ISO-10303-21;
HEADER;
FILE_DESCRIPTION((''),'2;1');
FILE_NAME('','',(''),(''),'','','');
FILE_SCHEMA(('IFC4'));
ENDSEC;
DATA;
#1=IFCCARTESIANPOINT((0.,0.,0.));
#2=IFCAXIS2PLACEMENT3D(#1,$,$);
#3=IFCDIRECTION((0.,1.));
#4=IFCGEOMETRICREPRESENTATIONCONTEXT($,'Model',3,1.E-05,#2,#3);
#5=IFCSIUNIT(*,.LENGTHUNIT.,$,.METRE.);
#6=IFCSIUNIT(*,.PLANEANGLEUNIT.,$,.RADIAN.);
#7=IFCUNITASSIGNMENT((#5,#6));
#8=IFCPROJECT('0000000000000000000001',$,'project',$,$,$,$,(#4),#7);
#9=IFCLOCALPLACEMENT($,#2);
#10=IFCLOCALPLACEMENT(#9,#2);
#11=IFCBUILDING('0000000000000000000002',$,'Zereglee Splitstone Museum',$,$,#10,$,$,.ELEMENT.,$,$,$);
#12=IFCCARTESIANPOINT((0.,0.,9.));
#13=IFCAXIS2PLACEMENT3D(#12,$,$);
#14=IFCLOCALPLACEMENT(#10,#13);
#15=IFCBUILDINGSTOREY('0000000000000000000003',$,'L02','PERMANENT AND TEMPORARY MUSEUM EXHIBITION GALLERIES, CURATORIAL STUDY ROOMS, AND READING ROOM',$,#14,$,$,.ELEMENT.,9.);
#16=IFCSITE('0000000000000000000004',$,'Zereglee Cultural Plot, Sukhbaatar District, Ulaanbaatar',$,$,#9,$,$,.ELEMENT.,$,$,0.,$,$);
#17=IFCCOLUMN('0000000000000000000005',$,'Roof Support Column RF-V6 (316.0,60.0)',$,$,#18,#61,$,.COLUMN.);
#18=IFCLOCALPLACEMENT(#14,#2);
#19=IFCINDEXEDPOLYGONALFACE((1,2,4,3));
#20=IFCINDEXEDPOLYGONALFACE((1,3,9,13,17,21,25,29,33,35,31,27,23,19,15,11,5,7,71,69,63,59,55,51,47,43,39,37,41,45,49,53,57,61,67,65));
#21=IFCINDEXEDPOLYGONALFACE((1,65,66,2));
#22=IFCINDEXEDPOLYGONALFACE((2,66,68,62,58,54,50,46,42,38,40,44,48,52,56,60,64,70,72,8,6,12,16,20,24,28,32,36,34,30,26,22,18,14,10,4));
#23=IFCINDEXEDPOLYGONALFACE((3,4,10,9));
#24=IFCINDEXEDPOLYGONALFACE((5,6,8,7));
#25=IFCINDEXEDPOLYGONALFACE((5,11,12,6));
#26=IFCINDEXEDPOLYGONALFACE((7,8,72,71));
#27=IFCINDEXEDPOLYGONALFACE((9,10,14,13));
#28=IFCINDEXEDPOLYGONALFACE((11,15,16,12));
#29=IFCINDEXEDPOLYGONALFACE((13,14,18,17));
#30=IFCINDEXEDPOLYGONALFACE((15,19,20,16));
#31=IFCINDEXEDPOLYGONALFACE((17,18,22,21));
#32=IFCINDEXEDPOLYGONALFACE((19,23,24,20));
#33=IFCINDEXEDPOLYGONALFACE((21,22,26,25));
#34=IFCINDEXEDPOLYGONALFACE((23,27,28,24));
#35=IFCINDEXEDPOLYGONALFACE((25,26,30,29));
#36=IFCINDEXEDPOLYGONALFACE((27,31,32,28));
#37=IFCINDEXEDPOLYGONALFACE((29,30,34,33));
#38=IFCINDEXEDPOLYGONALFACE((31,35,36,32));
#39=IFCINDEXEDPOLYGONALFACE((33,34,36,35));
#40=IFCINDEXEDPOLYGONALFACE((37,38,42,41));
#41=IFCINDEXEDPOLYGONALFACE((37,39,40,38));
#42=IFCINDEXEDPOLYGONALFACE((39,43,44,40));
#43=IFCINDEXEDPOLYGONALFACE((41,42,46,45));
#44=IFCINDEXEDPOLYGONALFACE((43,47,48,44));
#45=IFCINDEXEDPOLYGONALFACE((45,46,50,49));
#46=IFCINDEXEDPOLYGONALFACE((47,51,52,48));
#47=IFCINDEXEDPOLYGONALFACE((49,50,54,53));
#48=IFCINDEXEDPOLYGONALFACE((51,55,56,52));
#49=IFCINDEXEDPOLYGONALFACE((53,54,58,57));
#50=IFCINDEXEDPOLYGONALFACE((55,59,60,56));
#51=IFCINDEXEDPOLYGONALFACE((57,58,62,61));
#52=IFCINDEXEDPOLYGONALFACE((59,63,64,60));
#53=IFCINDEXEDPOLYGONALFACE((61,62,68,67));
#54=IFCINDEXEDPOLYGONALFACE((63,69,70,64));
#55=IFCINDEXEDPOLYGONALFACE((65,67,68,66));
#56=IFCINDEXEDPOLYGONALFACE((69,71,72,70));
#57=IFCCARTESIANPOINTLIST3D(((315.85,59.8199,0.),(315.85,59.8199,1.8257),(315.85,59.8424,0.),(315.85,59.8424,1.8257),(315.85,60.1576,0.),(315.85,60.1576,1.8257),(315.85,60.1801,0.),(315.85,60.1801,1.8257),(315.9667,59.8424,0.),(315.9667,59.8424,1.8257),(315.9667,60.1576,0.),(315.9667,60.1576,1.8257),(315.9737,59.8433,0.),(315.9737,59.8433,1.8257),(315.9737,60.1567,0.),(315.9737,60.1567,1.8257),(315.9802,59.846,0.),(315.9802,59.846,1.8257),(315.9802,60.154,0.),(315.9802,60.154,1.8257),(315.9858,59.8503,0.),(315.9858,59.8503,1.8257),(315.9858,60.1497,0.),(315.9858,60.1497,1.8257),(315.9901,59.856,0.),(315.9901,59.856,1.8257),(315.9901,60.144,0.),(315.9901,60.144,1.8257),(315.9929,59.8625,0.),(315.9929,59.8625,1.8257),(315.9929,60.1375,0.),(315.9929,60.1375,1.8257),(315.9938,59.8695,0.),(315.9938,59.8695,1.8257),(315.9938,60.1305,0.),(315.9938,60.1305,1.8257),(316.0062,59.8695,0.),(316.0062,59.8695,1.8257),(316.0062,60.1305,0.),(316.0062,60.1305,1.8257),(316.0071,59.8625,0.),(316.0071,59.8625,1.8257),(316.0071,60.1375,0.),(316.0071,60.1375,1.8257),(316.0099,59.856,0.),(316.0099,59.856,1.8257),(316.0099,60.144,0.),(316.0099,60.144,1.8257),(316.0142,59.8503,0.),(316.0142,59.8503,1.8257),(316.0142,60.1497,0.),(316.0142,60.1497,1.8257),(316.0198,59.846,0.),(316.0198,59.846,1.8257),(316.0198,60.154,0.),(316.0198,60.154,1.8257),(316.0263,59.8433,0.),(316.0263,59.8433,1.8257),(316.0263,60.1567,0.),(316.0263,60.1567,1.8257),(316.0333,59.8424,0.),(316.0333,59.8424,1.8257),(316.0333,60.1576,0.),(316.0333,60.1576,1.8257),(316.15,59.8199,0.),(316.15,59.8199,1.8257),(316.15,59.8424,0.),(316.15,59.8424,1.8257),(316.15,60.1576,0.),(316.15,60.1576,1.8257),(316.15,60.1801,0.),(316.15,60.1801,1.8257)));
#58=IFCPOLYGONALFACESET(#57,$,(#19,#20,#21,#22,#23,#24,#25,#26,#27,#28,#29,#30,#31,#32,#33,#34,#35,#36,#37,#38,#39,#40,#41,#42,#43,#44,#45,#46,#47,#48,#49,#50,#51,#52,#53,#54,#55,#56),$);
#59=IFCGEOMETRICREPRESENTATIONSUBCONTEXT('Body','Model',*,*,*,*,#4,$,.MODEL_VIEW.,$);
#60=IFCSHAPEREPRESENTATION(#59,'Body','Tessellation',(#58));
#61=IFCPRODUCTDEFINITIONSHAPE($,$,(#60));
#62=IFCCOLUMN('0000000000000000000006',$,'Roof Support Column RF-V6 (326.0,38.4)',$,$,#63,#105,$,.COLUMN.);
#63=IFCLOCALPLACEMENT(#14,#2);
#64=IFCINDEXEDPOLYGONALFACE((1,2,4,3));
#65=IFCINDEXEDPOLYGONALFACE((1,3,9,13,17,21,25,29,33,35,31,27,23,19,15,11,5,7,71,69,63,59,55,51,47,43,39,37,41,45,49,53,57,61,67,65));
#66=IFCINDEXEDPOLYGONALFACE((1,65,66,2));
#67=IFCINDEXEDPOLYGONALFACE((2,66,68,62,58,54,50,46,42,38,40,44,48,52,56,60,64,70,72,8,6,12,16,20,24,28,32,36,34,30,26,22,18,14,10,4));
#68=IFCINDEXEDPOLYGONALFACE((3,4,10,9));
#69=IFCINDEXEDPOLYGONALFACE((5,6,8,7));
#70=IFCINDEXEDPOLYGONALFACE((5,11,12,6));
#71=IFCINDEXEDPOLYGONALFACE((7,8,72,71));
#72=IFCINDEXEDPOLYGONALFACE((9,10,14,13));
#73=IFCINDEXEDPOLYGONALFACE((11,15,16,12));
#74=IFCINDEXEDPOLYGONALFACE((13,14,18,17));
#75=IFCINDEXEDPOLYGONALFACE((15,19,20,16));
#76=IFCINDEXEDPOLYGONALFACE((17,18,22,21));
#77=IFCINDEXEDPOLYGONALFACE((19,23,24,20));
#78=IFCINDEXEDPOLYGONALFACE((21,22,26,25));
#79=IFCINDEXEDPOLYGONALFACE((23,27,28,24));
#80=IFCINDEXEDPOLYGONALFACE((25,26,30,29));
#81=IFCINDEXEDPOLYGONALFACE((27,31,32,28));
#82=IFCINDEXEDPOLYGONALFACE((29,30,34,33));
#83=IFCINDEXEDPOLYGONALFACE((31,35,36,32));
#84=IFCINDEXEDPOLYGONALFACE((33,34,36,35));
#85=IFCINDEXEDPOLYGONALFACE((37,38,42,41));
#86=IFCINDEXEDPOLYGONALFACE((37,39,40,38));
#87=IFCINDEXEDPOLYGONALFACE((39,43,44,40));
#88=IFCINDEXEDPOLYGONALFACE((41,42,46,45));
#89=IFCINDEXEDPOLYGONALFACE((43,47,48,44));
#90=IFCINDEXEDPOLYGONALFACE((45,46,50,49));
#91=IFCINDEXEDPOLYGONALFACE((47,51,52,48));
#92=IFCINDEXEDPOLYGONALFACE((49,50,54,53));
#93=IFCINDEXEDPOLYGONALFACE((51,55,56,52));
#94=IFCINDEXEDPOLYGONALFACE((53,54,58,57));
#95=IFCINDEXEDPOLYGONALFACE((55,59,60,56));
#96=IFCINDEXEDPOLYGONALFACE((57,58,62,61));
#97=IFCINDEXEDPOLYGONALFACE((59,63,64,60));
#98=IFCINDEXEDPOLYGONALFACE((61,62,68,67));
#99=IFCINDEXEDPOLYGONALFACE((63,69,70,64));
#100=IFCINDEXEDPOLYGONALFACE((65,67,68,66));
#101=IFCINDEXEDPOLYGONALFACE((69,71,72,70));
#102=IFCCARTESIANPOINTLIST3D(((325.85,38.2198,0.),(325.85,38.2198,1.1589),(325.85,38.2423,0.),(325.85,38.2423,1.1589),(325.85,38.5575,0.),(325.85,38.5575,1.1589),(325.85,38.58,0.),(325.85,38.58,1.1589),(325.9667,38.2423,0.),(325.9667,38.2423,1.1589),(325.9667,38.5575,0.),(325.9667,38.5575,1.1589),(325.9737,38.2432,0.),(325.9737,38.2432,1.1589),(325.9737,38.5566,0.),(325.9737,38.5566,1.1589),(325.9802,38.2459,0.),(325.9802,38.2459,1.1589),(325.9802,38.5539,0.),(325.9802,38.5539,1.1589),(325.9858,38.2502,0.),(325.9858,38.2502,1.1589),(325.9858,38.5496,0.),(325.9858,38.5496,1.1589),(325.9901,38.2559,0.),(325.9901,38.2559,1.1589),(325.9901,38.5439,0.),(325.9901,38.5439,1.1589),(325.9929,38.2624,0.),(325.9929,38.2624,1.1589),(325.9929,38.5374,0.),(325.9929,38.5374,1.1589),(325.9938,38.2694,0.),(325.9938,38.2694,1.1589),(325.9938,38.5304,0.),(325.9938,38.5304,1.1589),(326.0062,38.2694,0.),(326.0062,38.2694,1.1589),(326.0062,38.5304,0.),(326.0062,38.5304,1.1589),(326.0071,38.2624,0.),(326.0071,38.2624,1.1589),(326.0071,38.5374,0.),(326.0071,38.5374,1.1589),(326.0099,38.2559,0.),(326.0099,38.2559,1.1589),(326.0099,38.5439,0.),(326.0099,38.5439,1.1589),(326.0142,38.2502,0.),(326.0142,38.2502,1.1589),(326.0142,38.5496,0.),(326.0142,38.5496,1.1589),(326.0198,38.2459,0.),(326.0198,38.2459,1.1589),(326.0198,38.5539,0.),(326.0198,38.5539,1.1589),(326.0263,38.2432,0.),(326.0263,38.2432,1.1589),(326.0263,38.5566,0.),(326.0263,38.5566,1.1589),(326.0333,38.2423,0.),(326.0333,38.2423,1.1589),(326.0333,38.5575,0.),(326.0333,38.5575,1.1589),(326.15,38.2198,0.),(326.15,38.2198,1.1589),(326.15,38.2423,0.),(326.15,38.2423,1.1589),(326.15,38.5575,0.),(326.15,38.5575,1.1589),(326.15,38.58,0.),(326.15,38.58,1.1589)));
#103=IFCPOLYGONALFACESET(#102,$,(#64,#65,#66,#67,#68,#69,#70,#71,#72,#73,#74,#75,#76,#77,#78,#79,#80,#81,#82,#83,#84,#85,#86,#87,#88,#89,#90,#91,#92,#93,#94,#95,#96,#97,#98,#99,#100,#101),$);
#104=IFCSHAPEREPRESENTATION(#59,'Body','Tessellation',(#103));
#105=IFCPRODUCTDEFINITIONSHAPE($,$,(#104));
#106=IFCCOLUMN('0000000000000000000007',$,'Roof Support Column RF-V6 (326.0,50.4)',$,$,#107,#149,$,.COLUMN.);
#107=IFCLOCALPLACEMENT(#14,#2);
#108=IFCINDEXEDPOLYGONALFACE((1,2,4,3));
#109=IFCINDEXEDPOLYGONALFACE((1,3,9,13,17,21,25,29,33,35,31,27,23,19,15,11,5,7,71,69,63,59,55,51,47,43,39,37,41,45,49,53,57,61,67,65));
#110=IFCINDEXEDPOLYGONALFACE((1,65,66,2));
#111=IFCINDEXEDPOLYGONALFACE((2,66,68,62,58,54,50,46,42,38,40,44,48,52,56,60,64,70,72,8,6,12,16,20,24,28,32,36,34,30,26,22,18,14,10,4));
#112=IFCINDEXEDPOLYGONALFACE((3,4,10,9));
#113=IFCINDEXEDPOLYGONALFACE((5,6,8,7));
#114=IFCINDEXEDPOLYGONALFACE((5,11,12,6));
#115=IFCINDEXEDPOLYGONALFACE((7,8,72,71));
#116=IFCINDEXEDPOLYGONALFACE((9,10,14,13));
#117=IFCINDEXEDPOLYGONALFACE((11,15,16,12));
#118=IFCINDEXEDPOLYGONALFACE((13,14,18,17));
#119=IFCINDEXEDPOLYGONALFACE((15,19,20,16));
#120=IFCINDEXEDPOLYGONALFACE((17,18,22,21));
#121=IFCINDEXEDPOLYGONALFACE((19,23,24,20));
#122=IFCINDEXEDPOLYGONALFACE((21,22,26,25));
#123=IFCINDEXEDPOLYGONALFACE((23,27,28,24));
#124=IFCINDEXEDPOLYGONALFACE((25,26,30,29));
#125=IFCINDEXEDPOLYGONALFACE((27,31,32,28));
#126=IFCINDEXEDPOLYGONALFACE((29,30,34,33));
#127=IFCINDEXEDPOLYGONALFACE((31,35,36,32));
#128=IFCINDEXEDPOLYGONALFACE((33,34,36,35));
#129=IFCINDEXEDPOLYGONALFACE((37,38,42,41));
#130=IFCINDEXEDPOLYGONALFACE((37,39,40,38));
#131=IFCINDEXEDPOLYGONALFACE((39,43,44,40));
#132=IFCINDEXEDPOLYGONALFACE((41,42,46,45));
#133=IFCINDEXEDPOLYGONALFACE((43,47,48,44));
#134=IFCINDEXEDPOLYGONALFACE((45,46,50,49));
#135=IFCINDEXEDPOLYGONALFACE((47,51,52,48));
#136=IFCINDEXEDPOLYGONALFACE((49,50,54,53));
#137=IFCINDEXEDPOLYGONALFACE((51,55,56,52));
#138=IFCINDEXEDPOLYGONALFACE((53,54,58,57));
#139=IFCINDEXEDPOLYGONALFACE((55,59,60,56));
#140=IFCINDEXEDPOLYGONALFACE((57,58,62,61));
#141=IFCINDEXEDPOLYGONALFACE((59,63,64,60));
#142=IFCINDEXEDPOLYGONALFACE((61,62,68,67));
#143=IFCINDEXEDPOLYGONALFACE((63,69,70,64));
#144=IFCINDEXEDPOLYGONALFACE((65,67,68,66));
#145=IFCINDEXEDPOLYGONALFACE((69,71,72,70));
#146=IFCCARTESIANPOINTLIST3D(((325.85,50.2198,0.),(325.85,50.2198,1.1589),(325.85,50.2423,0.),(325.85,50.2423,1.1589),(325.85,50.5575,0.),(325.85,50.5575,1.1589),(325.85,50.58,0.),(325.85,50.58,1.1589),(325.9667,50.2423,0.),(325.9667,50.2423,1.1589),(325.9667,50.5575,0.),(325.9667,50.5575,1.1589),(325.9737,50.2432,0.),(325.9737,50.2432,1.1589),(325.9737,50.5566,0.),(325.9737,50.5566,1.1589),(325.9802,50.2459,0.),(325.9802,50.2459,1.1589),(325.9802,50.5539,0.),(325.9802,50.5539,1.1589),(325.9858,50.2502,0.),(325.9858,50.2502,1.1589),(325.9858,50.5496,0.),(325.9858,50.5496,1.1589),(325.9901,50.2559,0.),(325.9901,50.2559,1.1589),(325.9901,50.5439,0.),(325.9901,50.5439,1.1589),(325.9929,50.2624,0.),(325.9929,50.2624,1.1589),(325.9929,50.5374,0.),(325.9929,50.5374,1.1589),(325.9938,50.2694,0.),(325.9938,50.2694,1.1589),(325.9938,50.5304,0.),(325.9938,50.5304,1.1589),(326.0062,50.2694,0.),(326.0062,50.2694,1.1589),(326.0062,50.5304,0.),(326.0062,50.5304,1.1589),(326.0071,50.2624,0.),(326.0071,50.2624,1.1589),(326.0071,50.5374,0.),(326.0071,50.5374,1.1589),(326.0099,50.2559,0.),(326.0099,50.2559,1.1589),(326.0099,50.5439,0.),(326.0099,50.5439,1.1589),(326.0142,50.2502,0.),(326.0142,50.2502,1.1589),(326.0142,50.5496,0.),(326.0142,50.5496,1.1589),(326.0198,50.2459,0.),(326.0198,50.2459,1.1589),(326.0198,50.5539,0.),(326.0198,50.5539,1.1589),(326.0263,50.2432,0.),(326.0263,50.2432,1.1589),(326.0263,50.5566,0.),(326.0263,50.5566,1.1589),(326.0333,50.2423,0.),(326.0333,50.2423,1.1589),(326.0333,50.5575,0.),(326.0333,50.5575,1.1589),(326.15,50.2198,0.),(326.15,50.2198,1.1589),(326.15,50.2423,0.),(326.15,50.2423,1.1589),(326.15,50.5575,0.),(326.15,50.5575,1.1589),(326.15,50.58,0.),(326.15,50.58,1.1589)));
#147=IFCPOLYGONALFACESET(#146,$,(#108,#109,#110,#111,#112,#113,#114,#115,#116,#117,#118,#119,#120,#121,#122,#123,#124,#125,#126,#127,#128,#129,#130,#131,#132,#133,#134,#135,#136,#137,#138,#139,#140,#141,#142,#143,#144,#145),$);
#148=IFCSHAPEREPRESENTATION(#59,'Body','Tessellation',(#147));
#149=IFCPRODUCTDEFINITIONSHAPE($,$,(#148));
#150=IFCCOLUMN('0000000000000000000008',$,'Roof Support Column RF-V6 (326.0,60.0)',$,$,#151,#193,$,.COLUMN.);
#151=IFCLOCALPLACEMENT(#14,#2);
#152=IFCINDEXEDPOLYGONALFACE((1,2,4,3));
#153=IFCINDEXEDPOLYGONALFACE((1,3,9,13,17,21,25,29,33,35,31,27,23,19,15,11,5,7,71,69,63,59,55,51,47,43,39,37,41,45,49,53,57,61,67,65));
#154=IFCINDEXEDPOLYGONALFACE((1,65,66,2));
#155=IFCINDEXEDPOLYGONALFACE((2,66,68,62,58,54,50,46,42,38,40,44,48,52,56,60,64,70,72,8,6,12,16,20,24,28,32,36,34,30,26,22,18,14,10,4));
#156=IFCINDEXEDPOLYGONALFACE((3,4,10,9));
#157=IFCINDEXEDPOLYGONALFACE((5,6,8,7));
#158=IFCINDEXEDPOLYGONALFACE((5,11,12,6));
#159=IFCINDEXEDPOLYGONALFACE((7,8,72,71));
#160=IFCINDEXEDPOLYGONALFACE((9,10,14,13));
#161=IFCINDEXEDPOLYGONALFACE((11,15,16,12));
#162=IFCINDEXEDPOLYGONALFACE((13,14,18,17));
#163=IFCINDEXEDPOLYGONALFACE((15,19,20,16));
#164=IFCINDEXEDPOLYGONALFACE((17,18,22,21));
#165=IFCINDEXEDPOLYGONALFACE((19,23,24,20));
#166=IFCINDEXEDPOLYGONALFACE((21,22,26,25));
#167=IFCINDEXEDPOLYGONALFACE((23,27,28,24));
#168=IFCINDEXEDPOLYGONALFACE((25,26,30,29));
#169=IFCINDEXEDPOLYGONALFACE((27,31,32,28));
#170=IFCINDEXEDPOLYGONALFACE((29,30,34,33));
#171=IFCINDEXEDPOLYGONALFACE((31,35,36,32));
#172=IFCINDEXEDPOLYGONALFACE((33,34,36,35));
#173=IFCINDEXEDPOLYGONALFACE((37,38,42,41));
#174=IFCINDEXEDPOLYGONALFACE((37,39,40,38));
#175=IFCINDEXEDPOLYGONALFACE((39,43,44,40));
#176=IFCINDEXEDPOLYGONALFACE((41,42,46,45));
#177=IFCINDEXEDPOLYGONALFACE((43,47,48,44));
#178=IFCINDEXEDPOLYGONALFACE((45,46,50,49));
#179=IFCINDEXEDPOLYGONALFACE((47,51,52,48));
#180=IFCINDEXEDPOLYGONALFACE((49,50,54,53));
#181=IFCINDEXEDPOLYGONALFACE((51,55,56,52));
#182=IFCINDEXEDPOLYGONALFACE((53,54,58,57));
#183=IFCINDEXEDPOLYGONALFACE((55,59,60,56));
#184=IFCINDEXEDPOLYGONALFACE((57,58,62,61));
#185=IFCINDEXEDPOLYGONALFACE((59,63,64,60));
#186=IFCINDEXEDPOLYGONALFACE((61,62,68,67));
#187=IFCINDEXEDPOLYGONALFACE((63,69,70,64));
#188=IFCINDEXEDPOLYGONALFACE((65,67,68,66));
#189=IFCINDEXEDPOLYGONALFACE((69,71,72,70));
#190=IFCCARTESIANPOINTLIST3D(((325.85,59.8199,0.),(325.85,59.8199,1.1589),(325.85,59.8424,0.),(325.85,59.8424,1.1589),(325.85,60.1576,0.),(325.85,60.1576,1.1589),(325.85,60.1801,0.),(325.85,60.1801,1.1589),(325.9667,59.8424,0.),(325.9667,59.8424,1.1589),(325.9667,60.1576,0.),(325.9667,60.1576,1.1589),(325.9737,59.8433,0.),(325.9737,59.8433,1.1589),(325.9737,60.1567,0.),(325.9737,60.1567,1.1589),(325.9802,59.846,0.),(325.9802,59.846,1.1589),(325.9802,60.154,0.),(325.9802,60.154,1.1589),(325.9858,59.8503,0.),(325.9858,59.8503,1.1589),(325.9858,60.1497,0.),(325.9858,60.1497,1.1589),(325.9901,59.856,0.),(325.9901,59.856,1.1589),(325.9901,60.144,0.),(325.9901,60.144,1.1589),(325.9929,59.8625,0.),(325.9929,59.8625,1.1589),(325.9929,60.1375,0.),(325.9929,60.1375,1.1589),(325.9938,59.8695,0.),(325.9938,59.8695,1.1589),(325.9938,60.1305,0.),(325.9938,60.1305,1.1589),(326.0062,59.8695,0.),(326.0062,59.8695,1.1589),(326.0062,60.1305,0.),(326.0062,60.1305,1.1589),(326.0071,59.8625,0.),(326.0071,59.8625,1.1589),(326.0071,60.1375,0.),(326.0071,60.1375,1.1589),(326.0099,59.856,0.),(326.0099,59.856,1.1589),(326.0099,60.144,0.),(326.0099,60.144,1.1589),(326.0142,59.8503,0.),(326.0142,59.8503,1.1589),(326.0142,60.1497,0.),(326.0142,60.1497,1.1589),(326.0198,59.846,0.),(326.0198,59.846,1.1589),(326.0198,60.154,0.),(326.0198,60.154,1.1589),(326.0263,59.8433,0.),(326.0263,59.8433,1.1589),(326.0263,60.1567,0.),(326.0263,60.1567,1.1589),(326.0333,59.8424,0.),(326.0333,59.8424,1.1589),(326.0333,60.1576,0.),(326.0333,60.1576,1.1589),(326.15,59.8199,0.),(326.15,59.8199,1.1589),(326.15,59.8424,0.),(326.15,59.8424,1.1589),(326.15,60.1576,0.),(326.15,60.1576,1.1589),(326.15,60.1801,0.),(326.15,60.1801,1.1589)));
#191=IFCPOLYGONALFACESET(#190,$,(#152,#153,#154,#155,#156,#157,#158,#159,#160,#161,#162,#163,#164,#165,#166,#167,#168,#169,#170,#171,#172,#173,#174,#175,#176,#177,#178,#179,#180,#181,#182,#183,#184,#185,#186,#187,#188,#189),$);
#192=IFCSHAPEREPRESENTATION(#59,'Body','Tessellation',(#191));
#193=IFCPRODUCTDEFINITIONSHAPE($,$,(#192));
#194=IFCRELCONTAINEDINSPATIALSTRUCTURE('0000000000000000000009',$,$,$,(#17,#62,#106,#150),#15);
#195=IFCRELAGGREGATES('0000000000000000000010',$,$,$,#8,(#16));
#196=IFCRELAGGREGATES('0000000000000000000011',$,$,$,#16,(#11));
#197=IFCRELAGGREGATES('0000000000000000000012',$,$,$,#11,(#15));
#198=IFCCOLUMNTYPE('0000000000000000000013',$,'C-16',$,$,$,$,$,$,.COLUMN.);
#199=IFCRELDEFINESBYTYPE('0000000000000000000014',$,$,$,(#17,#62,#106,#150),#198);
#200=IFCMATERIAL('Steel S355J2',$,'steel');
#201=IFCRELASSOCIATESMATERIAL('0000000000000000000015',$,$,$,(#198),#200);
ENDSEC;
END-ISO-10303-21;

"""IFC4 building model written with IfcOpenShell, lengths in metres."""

from ifc_helpers import new_model, si_unit, direction, frame, origin, origin_2d, place, context, subcontext, project, spatial, i_section, extrude, material, material_profile, profile_set, type_object, element, save


model = new_model("IFC4")

# Units and contexts
model_context = context("Model", 3, precision=1e-05, world=origin(), true_north=direction((0.0, 1.0)))
body_context = subcontext(model_context, "Body", "Model", "MODEL_VIEW")
ifc_project = project(units=[si_unit("LENGTHUNIT", "METRE"), si_unit("PLANEANGLEUNIT", "RADIAN")], contexts=[model_context])

# Site, building, storey
site_placement = place(None, origin())
site = spatial("IfcSite", under=ifc_project, at=site_placement, Name="Zereglee Cultural Plot, Sukhbaatar District, Ulaanbaatar", CompositionType="ELEMENT", RefElevation=0.0)
building_placement = place(site_placement, origin())
building = spatial("IfcBuilding", under=site, at=building_placement, Name="Zereglee Splitstone Museum", CompositionType="ELEMENT")
storey_placement = place(building_placement, frame((0.0, 0.0, 9.0)))
storey = spatial("IfcBuildingStorey", under=building, at=storey_placement, Name="L02", Description="PERMANENT AND TEMPORARY MUSEUM EXHIBITION GALLERIES, CURATORIAL STUDY ROOMS, AND READING ROOM", CompositionType="ELEMENT", Elevation=9.0)

# Columns
ifc_material_1 = material(Name="Steel S355J2", Category="steel")
ifc_material_profile_1 = material_profile(ifc_material_1, i_section(OverallWidth=0.3, OverallDepth=0.3601, WebThickness=0.0125, FlangeThickness=0.0225, FilletRadius=0.0271, at=origin_2d()), Name="HE 360 B")
ifc_profile_set_1 = profile_set([ifc_material_profile_1], Name="Steel S355J2")
column_type = type_object("IfcColumnType", Name="C-16", PredefinedType="COLUMN", material=ifc_profile_set_1)
for number, where, z_axis, x_axis, name in (
    (1, (316.0, 60.0, 0.0), (0.0, 0.0, 1.0), (1.0, 0.0, 0.0), "Roof Support Column RF-V6 (316.0,60.0)"),
):
    element("IfcColumn", number, at=place(storey_placement, frame(where, z_axis=z_axis, x_axis=x_axis)), inside=storey, type_object=column_type, Name=name, PredefinedType="COLUMN", context=body_context, shape_type="SweptSolid", body=[
        extrude(i_section(OverallWidth=0.3, OverallDepth=0.3601, WebThickness=0.0125, FlangeThickness=0.0225, FilletRadius=0.0271, at=origin_2d()), origin(), (0.0, 0.0, 1.0), 1.8257),
    ])
for number, where, z_axis, x_axis, name in (
    (2, (326.0, 38.3999, 0.0), (0.0, 0.0, 1.0), (1.0, 0.0, 0.0), "Roof Support Column RF-V6 (326.0,38.4)"),
    (3, (326.0, 50.3999, 0.0), (0.0, 0.0, 1.0), (1.0, 0.0, 0.0), "Roof Support Column RF-V6 (326.0,50.4)"),
    (4, (326.0, 60.0, 0.0), (0.0, 0.0, 1.0), (1.0, 0.0, 0.0), "Roof Support Column RF-V6 (326.0,60.0)"),
):
    element("IfcColumn", number, at=place(storey_placement, frame(where, z_axis=z_axis, x_axis=x_axis)), inside=storey, type_object=column_type, Name=name, PredefinedType="COLUMN", context=body_context, shape_type="SweptSolid", body=[
        extrude(i_section(OverallWidth=0.3, OverallDepth=0.3601, WebThickness=0.0125, FlangeThickness=0.0225, FilletRadius=0.0271, at=origin_2d()), origin(), (0.0, 0.0, 1.0), 1.1589),
    ])

save(model, "model.ifc")
